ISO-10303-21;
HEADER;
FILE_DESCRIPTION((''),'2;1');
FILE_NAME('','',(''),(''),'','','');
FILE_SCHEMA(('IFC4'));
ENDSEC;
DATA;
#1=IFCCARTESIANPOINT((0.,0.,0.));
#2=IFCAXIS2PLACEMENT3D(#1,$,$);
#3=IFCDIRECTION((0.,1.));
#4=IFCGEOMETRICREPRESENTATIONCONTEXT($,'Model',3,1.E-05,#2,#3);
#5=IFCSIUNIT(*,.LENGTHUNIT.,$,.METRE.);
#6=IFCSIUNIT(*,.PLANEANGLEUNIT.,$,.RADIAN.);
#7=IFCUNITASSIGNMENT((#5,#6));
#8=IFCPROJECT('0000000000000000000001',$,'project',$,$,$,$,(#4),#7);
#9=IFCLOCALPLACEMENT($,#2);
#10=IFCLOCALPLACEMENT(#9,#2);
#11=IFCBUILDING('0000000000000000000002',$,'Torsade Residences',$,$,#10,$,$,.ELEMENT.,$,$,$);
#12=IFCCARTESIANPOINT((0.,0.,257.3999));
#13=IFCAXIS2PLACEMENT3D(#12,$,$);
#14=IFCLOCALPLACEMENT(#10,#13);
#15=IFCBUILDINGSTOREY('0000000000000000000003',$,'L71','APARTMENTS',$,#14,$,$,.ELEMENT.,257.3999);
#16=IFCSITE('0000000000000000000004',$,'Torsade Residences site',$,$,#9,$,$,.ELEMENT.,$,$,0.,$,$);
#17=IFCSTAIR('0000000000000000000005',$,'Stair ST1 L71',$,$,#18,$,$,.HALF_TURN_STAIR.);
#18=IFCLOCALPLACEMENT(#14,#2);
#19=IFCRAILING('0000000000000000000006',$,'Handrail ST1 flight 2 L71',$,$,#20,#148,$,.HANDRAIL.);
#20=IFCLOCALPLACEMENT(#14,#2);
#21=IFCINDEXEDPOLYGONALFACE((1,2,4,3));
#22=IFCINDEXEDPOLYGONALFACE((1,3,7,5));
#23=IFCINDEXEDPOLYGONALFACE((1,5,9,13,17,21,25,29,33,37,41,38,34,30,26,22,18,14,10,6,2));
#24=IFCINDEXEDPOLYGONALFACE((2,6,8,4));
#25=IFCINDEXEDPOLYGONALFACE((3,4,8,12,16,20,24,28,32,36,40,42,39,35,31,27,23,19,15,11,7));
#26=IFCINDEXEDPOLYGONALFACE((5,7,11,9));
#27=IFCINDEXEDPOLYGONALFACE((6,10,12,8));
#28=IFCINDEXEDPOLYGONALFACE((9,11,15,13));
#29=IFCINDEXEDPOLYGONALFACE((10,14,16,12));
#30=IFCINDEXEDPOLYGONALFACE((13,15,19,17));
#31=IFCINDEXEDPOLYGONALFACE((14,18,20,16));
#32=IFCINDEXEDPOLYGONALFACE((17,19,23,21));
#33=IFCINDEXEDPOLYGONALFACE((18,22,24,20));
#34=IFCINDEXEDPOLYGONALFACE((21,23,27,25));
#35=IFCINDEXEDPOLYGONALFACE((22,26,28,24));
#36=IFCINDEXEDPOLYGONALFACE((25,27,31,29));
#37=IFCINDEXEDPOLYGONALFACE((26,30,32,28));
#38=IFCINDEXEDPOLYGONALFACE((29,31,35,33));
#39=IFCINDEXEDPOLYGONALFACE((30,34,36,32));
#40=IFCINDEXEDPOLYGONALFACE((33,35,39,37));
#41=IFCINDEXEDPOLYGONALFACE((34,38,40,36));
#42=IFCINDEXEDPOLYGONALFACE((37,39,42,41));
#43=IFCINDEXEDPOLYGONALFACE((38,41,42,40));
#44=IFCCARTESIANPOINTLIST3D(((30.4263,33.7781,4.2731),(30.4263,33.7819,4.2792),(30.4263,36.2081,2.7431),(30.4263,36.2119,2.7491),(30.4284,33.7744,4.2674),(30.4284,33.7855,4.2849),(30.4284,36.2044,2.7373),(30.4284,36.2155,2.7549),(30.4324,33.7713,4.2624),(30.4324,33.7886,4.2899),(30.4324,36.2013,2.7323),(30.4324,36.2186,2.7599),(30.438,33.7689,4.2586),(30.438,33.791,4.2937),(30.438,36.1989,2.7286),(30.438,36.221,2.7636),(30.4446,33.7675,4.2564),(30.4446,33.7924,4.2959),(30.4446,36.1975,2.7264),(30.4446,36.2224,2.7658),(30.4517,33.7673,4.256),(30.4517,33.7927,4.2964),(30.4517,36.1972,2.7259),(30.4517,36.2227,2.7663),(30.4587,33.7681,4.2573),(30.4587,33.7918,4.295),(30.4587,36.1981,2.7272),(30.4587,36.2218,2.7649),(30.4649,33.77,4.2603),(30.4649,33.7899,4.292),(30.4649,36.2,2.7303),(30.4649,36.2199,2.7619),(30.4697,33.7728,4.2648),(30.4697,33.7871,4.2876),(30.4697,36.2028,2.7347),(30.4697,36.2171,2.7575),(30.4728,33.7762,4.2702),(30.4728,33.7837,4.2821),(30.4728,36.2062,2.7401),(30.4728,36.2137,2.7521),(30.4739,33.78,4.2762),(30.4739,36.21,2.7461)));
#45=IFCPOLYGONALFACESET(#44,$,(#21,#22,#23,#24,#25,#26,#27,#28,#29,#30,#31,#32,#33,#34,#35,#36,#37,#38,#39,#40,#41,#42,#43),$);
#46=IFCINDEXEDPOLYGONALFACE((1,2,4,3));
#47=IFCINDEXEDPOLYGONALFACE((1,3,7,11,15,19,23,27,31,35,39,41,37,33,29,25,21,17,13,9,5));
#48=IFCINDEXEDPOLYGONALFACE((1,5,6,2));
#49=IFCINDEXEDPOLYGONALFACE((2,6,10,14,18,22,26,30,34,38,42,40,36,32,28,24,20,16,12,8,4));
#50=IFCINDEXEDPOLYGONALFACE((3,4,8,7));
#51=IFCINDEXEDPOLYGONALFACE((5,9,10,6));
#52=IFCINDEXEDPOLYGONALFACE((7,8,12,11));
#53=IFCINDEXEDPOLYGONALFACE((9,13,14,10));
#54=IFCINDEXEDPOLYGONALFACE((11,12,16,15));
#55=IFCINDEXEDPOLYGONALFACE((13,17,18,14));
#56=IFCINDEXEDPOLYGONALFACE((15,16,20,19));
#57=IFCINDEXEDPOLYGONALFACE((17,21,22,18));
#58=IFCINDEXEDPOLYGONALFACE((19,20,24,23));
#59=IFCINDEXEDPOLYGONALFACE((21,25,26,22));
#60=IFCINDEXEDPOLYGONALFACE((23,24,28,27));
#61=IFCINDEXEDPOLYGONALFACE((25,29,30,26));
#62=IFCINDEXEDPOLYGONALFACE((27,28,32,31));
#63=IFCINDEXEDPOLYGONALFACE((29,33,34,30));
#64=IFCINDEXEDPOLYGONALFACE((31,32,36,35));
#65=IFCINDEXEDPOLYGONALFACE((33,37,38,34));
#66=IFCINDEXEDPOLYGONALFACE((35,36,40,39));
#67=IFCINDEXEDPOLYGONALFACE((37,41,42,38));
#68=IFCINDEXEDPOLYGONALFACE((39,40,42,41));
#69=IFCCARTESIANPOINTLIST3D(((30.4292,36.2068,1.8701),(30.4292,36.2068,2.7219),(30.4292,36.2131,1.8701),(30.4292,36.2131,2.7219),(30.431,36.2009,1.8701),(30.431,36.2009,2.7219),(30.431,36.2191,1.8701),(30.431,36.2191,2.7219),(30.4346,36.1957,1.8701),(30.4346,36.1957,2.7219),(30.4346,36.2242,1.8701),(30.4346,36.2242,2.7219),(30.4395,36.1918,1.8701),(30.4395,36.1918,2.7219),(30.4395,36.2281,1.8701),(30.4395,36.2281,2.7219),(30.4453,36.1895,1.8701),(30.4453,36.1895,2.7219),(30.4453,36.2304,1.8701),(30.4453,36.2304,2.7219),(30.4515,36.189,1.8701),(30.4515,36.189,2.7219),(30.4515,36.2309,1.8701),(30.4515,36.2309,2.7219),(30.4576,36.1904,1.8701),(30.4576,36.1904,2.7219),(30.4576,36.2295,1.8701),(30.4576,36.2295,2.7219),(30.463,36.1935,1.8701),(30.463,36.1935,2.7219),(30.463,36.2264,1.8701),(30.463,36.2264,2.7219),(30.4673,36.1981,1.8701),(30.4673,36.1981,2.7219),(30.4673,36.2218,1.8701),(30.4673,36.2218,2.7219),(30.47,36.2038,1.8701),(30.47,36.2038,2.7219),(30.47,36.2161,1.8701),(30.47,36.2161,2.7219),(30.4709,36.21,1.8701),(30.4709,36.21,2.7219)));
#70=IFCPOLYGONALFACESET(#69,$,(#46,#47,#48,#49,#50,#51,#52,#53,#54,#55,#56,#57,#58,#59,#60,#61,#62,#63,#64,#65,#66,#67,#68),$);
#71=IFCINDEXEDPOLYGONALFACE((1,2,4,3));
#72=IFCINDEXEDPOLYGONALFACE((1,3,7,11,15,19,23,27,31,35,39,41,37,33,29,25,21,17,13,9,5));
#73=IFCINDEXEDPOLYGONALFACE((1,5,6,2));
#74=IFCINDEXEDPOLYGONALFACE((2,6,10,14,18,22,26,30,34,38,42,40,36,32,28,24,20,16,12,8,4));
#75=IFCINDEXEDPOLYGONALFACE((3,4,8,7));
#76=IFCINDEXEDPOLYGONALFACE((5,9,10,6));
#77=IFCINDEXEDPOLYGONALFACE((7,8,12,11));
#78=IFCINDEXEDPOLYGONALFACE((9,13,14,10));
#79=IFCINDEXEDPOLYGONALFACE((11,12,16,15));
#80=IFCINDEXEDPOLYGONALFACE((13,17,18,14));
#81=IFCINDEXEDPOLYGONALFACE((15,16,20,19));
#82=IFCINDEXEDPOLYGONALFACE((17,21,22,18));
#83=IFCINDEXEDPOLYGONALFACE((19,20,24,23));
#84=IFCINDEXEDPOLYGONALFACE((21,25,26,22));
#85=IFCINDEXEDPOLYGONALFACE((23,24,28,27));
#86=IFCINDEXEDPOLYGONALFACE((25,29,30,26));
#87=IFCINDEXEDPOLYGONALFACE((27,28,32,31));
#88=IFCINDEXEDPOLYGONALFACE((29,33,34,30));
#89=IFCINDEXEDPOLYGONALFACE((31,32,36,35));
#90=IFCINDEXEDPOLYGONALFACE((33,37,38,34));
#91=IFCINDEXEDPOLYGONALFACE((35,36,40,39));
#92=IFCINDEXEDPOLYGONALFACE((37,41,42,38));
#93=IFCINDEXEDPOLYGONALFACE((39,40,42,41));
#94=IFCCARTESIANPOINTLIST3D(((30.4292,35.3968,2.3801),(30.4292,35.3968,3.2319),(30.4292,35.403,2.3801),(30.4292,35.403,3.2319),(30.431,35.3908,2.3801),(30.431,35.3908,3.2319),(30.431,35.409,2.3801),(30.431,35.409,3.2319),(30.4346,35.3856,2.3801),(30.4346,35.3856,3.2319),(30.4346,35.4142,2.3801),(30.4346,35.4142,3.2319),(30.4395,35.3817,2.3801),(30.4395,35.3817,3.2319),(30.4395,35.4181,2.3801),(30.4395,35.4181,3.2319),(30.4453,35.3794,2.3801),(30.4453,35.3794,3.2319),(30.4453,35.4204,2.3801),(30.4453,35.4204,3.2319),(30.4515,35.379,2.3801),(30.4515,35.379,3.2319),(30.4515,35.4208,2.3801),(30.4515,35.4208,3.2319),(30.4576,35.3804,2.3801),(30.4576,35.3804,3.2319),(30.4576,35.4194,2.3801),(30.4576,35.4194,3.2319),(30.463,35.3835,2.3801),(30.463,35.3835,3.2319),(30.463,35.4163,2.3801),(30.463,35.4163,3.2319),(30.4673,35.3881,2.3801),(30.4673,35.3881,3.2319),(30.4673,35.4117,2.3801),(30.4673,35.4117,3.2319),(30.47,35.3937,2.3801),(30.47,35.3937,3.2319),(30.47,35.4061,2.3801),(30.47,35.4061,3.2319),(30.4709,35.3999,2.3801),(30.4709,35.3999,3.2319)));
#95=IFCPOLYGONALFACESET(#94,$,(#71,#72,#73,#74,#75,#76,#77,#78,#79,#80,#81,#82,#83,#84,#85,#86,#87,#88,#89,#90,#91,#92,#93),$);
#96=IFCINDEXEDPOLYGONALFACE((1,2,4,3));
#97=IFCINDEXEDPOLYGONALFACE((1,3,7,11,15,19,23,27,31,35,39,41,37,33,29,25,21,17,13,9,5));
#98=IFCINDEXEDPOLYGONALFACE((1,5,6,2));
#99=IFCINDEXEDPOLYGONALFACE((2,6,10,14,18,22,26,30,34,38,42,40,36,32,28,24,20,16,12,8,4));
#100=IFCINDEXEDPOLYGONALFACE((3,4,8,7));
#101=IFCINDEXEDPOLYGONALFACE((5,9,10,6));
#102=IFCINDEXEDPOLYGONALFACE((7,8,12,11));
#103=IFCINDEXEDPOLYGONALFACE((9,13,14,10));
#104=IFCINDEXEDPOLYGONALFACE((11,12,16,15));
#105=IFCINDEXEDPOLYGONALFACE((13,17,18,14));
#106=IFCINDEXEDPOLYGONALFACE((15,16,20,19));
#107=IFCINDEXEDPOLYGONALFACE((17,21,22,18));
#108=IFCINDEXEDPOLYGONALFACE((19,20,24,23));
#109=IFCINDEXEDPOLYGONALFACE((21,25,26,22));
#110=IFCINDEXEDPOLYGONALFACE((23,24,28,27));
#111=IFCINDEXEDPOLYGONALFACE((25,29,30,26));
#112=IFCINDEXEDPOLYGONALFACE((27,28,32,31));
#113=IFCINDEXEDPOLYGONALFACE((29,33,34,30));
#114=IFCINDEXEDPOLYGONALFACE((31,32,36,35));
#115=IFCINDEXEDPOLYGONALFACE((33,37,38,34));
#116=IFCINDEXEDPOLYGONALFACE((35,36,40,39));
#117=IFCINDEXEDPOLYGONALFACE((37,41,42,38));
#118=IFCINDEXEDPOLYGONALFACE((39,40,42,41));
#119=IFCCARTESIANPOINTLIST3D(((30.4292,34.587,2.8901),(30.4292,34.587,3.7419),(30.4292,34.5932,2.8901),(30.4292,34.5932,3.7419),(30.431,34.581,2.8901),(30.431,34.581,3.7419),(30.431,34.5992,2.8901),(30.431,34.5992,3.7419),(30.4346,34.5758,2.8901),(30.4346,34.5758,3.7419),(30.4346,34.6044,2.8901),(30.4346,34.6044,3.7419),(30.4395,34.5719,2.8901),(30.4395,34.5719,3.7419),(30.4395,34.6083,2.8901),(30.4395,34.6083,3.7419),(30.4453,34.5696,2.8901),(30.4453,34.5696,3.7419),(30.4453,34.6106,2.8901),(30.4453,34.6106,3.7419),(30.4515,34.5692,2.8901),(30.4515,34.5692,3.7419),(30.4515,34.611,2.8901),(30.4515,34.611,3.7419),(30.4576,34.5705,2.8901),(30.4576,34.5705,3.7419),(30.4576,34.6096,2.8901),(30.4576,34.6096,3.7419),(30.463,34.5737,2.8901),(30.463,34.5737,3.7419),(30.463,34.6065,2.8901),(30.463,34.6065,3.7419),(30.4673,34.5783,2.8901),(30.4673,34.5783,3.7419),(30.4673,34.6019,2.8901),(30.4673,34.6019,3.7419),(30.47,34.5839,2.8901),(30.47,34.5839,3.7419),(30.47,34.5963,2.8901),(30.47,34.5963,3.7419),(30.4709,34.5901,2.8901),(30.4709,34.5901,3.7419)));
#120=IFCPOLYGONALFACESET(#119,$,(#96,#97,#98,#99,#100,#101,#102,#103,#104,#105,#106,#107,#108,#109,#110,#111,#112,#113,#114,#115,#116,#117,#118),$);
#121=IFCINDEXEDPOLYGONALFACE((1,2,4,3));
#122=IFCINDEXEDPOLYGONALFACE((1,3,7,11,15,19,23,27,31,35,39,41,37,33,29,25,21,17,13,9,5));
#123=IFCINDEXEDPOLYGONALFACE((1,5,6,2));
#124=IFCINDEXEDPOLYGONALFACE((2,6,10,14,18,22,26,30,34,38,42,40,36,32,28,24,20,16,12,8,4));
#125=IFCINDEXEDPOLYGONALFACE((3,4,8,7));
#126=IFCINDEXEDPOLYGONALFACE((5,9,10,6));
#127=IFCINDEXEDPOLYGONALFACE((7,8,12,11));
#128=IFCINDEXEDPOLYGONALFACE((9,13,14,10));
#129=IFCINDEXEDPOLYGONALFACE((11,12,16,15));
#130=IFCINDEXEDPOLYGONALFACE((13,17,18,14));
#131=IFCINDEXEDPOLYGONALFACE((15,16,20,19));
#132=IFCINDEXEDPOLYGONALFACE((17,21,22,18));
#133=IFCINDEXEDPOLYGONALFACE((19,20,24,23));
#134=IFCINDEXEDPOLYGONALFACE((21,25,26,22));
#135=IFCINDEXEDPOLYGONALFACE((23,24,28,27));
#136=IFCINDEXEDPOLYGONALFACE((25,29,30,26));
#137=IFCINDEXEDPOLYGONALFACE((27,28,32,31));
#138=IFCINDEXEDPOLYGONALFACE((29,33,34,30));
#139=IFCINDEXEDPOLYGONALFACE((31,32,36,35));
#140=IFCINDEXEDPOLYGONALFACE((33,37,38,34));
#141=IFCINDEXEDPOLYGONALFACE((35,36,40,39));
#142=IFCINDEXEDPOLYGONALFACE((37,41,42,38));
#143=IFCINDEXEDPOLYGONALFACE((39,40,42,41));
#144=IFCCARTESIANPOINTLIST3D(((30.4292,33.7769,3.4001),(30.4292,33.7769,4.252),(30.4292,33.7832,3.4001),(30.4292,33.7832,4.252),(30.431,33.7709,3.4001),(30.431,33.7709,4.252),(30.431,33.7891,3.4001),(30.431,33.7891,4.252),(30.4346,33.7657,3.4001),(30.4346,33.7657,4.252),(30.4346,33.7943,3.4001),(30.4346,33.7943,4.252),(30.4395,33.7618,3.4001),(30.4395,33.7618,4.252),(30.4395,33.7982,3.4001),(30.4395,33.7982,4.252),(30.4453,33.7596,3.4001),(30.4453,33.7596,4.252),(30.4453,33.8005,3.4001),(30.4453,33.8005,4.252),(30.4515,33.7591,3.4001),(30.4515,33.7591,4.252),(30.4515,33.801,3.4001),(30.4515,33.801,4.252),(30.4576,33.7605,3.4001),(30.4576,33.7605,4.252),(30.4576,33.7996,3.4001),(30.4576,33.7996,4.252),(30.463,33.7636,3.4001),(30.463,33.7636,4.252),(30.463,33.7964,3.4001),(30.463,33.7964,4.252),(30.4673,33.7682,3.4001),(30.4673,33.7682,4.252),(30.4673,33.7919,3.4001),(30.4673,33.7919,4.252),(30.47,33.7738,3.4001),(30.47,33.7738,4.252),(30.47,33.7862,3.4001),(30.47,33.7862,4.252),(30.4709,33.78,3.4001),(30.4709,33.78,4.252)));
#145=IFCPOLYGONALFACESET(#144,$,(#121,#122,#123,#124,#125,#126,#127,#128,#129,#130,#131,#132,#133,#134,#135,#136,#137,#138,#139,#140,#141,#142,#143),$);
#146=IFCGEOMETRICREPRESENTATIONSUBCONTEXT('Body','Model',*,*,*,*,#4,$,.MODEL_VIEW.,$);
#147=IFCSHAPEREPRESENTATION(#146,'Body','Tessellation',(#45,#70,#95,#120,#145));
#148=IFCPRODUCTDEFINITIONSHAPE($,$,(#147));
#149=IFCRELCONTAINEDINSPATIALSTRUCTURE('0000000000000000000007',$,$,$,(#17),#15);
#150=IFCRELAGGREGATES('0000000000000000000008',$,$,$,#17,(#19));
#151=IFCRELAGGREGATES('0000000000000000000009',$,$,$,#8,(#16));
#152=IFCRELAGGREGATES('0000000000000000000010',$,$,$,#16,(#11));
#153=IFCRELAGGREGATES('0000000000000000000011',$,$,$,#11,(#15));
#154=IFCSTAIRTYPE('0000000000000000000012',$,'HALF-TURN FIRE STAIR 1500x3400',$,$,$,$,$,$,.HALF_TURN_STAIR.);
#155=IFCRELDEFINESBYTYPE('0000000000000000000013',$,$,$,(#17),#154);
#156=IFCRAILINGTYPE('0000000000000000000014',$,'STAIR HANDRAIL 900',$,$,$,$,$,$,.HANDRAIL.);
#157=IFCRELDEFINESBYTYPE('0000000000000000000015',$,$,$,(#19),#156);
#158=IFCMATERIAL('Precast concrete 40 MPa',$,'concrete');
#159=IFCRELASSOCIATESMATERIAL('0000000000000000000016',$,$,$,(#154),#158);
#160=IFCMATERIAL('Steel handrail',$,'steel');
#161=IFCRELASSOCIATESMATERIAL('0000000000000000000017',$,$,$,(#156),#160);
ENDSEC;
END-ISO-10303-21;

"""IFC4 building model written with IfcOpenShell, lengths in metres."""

from ifc_helpers import new_model, si_unit, direction, frame, origin, origin_2d, place, context, subcontext, project, spatial, circle, extrude, material, type_object, element, aggregate, save


model = new_model("IFC4")

# Units and contexts
model_context = context("Model", 3, precision=1e-05, world=origin(), true_north=direction((0.0, 1.0)))
body_context = subcontext(model_context, "Body", "Model", "MODEL_VIEW")
ifc_project = project(units=[si_unit("LENGTHUNIT", "METRE"), si_unit("PLANEANGLEUNIT", "RADIAN")], contexts=[model_context])

# Site, building, storey
site_placement = place(None, origin())
site = spatial("IfcSite", under=ifc_project, at=site_placement, Name="Torsade Residences site", CompositionType="ELEMENT", RefElevation=0.0)
building_placement = place(site_placement, origin())
building = spatial("IfcBuilding", under=site, at=building_placement, Name="Torsade Residences", CompositionType="ELEMENT")
storey_placement = place(building_placement, frame((0.0, 0.0, 257.3999)))
storey = spatial("IfcBuildingStorey", under=building, at=storey_placement, Name="L71", Description="APARTMENTS", CompositionType="ELEMENT", Elevation=257.3999)

# Stair, railing
ifc_material_1 = material(Name="Precast concrete 40 MPa", Category="concrete")
stair_type = type_object("IfcStairType", Name="HALF-TURN FIRE STAIR 1500x3400", PredefinedType="HALF_TURN_STAIR", material=ifc_material_1)
stair_placement = place(storey_placement, origin())
stair = element("IfcStair", 1, at=stair_placement, inside=storey, type_object=stair_type, Name="Stair ST1 L71", PredefinedType="HALF_TURN_STAIR")
ifc_material_2 = material(Name="Steel handrail", Category="steel")
railing_type = type_object("IfcRailingType", Name="STAIR HANDRAIL 900", PredefinedType="HANDRAIL", material=ifc_material_2)
railing_1_placement = place(storey_placement, frame((30.45, 36.21, 1.8701)))
railing_1 = element("IfcRailing", 2, at=railing_1_placement, type_object=railing_type, Name="Handrail ST1 flight 2 L71", PredefinedType="HANDRAIL", context=body_context, shape_type="SweptSolid", body=[
    extrude(circle(Radius=0.0239, at=origin_2d()), frame((0.0, 0.0, 0.876), z_axis=(0.0, -0.846221, 0.532831), x_axis=(1.0, 0.0, 0.0)), (0.0, 0.0, 1.0), 2.8716),
    extrude(circle(Radius=0.021, at=origin_2d()), origin(), (0.0, 0.0, 1.0), 0.8518),
    extrude(circle(Radius=0.021, at=origin_2d()), frame((0.0, -0.8101, 0.51)), (0.0, 0.0, 1.0), 0.8518),
    extrude(circle(Radius=0.021, at=origin_2d()), frame((0.0, -1.6199, 1.02)), (0.0, 0.0, 1.0), 0.8518),
    extrude(circle(Radius=0.021, at=origin_2d()), frame((0.0, -2.4299, 1.53)), (0.0, 0.0, 1.0), 0.8518),
])
aggregate(stair, [railing_1])

save(model, "model.ifc")
